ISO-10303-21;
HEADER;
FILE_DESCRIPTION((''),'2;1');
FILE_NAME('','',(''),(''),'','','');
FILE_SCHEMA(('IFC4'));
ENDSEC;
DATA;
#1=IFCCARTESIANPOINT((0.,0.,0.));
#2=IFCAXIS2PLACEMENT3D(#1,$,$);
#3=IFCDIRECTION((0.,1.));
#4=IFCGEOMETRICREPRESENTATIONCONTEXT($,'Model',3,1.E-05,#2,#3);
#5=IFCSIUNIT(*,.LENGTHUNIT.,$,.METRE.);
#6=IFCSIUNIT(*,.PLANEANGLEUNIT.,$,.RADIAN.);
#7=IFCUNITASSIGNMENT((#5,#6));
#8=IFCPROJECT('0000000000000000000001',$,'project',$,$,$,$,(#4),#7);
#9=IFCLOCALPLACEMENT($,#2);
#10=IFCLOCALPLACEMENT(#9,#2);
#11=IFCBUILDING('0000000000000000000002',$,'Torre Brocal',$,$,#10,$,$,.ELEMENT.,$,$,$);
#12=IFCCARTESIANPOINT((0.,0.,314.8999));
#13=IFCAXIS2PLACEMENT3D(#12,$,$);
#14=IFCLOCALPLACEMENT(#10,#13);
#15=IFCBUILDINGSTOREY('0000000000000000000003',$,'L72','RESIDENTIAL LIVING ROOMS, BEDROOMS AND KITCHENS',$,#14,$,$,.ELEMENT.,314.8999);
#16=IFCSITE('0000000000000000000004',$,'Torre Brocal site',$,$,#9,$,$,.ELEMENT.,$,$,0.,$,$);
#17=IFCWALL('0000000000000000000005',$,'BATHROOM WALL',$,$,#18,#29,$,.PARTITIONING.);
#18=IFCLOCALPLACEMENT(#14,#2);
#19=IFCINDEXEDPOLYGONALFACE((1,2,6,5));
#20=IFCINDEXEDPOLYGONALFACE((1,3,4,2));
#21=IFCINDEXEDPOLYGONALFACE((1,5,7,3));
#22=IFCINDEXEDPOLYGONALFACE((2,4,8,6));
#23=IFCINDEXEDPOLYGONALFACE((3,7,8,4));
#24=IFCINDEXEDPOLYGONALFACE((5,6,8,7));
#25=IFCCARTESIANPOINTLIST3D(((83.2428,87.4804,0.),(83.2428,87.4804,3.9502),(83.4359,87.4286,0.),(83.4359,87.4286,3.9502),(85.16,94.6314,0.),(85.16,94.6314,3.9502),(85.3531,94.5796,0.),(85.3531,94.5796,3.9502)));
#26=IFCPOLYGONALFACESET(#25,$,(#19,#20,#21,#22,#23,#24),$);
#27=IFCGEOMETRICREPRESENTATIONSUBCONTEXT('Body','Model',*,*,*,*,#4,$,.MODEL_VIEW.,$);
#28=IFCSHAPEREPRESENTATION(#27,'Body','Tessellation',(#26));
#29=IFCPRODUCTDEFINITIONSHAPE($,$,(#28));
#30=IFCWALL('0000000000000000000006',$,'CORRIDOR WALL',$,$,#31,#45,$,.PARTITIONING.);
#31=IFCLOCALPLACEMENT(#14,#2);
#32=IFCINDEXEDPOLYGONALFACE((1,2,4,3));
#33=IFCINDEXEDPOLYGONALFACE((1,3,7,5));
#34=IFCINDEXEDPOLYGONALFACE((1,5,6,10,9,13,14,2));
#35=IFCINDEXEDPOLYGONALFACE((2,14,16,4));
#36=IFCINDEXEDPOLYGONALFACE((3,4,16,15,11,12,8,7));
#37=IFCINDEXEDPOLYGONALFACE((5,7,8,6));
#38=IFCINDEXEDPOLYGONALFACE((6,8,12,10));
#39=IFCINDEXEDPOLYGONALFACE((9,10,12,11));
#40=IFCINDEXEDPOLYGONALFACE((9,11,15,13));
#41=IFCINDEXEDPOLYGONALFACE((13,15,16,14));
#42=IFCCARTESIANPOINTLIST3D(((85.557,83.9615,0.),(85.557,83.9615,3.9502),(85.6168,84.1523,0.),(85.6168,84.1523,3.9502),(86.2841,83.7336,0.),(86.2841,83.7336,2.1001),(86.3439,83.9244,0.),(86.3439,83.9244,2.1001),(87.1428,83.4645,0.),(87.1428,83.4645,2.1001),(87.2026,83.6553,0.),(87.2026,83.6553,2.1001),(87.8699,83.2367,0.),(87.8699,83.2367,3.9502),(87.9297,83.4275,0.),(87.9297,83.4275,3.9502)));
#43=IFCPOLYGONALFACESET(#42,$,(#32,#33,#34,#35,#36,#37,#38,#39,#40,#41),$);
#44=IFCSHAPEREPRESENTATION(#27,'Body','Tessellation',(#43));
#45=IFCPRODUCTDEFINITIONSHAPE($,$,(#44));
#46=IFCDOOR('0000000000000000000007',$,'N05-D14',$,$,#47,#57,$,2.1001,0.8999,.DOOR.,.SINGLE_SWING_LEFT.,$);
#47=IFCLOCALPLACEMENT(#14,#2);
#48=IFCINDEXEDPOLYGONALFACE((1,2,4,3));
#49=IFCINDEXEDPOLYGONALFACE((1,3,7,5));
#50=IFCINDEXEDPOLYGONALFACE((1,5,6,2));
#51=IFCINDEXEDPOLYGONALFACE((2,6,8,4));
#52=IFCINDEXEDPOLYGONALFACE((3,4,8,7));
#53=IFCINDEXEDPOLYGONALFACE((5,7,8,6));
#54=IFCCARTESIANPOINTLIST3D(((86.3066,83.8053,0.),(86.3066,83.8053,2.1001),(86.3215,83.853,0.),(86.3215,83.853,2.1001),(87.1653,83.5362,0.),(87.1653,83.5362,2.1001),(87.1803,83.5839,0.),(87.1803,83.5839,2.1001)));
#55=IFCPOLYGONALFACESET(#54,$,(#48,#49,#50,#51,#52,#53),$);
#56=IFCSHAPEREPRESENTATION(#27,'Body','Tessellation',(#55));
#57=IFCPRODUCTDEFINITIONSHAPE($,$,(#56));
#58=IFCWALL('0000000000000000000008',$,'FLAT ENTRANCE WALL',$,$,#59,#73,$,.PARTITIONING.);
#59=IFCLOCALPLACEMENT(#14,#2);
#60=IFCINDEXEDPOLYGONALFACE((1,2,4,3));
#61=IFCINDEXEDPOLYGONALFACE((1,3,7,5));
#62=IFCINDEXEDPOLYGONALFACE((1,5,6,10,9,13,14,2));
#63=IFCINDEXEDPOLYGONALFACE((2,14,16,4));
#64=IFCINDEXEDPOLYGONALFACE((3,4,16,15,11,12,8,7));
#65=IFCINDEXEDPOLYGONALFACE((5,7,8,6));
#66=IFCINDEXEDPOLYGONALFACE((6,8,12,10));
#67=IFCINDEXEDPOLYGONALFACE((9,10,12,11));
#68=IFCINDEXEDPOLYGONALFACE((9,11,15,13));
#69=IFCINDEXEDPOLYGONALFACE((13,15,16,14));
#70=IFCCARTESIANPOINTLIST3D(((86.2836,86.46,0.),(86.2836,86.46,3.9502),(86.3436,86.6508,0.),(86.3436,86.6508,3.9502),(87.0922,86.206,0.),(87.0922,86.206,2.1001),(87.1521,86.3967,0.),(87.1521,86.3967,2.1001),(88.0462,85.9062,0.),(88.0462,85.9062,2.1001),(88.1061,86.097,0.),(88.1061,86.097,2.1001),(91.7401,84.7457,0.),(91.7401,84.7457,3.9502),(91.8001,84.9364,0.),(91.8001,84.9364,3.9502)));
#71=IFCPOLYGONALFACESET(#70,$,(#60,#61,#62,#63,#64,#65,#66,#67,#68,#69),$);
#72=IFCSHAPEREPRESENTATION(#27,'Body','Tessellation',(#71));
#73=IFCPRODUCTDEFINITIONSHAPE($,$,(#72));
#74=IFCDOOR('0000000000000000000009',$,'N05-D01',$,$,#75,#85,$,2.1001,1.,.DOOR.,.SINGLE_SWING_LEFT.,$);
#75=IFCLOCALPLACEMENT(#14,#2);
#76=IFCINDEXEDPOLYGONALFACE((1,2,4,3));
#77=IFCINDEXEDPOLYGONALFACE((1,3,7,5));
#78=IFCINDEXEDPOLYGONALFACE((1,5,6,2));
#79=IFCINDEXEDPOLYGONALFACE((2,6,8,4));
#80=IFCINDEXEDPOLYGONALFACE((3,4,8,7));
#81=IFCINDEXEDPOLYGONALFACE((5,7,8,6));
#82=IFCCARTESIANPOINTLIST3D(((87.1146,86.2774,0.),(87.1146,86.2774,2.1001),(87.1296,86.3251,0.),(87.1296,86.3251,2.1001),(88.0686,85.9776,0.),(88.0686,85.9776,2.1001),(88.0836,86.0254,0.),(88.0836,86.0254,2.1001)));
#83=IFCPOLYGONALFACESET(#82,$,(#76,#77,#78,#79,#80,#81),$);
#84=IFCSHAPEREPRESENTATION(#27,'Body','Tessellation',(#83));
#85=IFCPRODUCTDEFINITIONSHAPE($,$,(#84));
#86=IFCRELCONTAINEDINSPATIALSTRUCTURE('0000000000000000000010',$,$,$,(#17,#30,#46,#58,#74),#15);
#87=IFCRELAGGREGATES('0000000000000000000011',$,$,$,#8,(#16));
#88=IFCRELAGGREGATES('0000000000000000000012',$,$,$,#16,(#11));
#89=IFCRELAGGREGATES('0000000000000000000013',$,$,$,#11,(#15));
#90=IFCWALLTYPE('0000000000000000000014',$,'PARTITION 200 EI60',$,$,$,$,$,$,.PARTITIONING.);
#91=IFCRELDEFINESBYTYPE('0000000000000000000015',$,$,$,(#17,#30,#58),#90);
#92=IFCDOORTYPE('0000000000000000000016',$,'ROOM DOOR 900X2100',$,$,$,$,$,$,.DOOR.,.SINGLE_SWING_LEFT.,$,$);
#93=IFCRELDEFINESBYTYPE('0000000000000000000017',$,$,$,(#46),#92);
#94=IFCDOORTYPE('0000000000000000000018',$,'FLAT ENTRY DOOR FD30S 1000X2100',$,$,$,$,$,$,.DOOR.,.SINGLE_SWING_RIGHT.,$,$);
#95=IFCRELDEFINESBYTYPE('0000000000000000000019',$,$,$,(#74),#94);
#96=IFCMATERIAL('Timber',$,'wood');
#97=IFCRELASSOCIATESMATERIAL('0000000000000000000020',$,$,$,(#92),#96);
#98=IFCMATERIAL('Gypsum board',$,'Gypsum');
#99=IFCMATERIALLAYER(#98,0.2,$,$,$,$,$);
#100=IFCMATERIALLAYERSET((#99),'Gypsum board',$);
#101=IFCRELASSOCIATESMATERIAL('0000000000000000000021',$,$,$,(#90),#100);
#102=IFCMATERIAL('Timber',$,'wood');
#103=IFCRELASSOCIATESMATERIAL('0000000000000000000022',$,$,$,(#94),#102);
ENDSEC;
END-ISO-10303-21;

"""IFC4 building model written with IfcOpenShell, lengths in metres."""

from ifc_helpers import new_model, si_unit, direction, frame, frame_2d, origin, place, context, subcontext, project, spatial, rectangle, extrude, material, layer, layer_set, type_object, element, fill, save


model = new_model("IFC4")

# Units and contexts
model_context = context("Model", 3, precision=1e-05, world=origin(), true_north=direction((0.0, 1.0)))
body_context = subcontext(model_context, "Body", "Model", "MODEL_VIEW")
ifc_project = project(units=[si_unit("LENGTHUNIT", "METRE"), si_unit("PLANEANGLEUNIT", "RADIAN")], contexts=[model_context])

# Site, building, storey
site_placement = place(None, origin())
site = spatial("IfcSite", under=ifc_project, at=site_placement, Name="Torre Brocal site", CompositionType="ELEMENT", RefElevation=0.0)
building_placement = place(site_placement, origin())
building = spatial("IfcBuilding", under=site, at=building_placement, Name="Torre Brocal", CompositionType="ELEMENT")
storey_placement = place(building_placement, frame((0.0, 0.0, 314.8999)))
storey = spatial("IfcBuildingStorey", under=building, at=storey_placement, Name="L72", Description="RESIDENTIAL LIVING ROOMS, BEDROOMS AND KITCHENS", CompositionType="ELEMENT", Elevation=314.8999)

# Shared definitions
ifc_material_1 = material(Name="Timber", Category="wood")
door_type_1 = type_object("IfcDoorType", Name="ROOM DOOR 900X2100", OperationType="SINGLE_SWING_LEFT", PredefinedType="DOOR", material=ifc_material_1)

# Shared definitions
ifc_material_2 = material(Name="Gypsum board", Category="Gypsum")
ifc_layer_1 = layer(ifc_material_2, 0.2)
ifc_layer_set_1 = layer_set([ifc_layer_1], Name="Gypsum board")
wall_type_1 = type_object("IfcWallType", Name="PARTITION 200 EI60", PredefinedType="PARTITIONING", material=ifc_layer_set_1)
ifc_material_3 = material(Name="Timber", Category="wood")
door_type_2 = type_object("IfcDoorType", Name="FLAT ENTRY DOOR FD30S 1000X2100", OperationType="SINGLE_SWING_RIGHT", PredefinedType="DOOR", material=ifc_material_3)

# Wall
wall_1_placement = place(storey_placement, frame((83.3394, 87.4546, 0.0), z_axis=(0.0, 0.0, 1.0), x_axis=(0.258957, 0.965889, 0.0)))
element("IfcWall", 1, at=wall_1_placement, inside=storey, type_object=wall_type_1, Name="BATHROOM WALL", PredefinedType="PARTITIONING", context=body_context, shape_type="SweptSolid", body=[
    extrude(rectangle(XDim=7.4036, YDim=0.2, at=frame_2d((3.7017, 0.0))), origin(), (0.0, 0.0, 1.0), 3.9502),
])

# Walls, openings, doors
wall_2_placement = place(storey_placement, frame((85.5869, 84.0569, 0.0), z_axis=(0.0, 0.0, 1.0), x_axis=(0.95424, -0.299043, 0.0)))
wall_2 = element("IfcWall", 2, at=wall_2_placement, inside=storey, type_object=wall_type_1, Name="CORRIDOR WALL", PredefinedType="PARTITIONING", context=body_context, shape_type="SweptSolid", body=[
    extrude(rectangle(XDim=2.4238, YDim=0.2, at=frame_2d((1.2119, 0.0))), origin(), (0.0, 0.0, 1.0), 3.9502),
])
opening_1_placement = place(wall_2_placement, frame((0.762, 0.0, 0.0)))
opening_1 = element("IfcOpeningElement", 3, at=opening_1_placement, cuts=wall_2, PredefinedType="OPENING", context=body_context, shape_type="SweptSolid", body=[
    extrude(rectangle(XDim=0.8999, YDim=2.1001, at=frame_2d((0.45, 1.05))), frame((0.0, 0.1099, 0.0), z_axis=(0.0, -1.0, 0.0), x_axis=(1.0, 0.0, 0.0)), (0.0, 0.0, 1.0), 0.22),
])
door_1_placement = place(opening_1_placement, frame((0.8999, 0.0, 0.0), z_axis=(0.0, 0.0, 1.0), x_axis=(-1.0, 0.0, 0.0)))
door_1 = element("IfcDoor", 4, at=door_1_placement, inside=storey, type_object=door_type_1, Name="N05-D14", OperationType="SINGLE_SWING_LEFT", OverallHeight=2.1001, OverallWidth=0.8999, PredefinedType="DOOR", context=body_context, shape_type="SweptSolid", body=[
    extrude(rectangle(XDim=0.8999, YDim=2.1001, at=frame_2d((0.45, 1.05))), frame((0.0, 0.0249, 0.0), z_axis=(0.0, -1.0, 0.0), x_axis=(1.0, 0.0, 0.0)), (0.0, 0.0, 1.0), 0.05),
])
fill(opening_1, door_1)
wall_3_placement = place(storey_placement, frame((86.3135, 86.5554, 0.0), z_axis=(0.0, 0.0, 1.0), x_axis=(0.954022, -0.299738, 0.0)))
wall_3 = element("IfcWall", 5, at=wall_3_placement, inside=storey, type_object=wall_type_1, Name="FLAT ENTRANCE WALL", PredefinedType="PARTITIONING", context=body_context, shape_type="SweptSolid", body=[
    extrude(rectangle(XDim=5.7195, YDim=0.2, at=frame_2d((2.8599, 0.0))), origin(), (0.0, 0.0, 1.0), 3.9502),
])
opening_2_placement = place(wall_3_placement, frame((0.8477, 0.0, 0.0)))
opening_2 = element("IfcOpeningElement", 6, at=opening_2_placement, cuts=wall_3, PredefinedType="OPENING", context=body_context, shape_type="SweptSolid", body=[
    extrude(rectangle(XDim=1.0, YDim=2.1001, at=frame_2d((0.5, 1.05))), frame((0.0, 0.1099, 0.0), z_axis=(0.0, -1.0, 0.0), x_axis=(1.0, 0.0, 0.0)), (0.0, 0.0, 1.0), 0.22),
])
door_2_placement = place(opening_2_placement, origin())
door_2 = element("IfcDoor", 7, at=door_2_placement, inside=storey, type_object=door_type_2, Name="N05-D01", OperationType="SINGLE_SWING_LEFT", OverallHeight=2.1001, OverallWidth=1.0, PredefinedType="DOOR", context=body_context, shape_type="SweptSolid", body=[
    extrude(rectangle(XDim=1.0, YDim=2.1001, at=frame_2d((0.5, 1.05))), frame((0.0, 0.0249, 0.0), z_axis=(0.0, -1.0, 0.0), x_axis=(1.0, 0.0, 0.0)), (0.0, 0.0, 1.0), 0.05),
])
fill(opening_2, door_2)

save(model, "model.ifc")
